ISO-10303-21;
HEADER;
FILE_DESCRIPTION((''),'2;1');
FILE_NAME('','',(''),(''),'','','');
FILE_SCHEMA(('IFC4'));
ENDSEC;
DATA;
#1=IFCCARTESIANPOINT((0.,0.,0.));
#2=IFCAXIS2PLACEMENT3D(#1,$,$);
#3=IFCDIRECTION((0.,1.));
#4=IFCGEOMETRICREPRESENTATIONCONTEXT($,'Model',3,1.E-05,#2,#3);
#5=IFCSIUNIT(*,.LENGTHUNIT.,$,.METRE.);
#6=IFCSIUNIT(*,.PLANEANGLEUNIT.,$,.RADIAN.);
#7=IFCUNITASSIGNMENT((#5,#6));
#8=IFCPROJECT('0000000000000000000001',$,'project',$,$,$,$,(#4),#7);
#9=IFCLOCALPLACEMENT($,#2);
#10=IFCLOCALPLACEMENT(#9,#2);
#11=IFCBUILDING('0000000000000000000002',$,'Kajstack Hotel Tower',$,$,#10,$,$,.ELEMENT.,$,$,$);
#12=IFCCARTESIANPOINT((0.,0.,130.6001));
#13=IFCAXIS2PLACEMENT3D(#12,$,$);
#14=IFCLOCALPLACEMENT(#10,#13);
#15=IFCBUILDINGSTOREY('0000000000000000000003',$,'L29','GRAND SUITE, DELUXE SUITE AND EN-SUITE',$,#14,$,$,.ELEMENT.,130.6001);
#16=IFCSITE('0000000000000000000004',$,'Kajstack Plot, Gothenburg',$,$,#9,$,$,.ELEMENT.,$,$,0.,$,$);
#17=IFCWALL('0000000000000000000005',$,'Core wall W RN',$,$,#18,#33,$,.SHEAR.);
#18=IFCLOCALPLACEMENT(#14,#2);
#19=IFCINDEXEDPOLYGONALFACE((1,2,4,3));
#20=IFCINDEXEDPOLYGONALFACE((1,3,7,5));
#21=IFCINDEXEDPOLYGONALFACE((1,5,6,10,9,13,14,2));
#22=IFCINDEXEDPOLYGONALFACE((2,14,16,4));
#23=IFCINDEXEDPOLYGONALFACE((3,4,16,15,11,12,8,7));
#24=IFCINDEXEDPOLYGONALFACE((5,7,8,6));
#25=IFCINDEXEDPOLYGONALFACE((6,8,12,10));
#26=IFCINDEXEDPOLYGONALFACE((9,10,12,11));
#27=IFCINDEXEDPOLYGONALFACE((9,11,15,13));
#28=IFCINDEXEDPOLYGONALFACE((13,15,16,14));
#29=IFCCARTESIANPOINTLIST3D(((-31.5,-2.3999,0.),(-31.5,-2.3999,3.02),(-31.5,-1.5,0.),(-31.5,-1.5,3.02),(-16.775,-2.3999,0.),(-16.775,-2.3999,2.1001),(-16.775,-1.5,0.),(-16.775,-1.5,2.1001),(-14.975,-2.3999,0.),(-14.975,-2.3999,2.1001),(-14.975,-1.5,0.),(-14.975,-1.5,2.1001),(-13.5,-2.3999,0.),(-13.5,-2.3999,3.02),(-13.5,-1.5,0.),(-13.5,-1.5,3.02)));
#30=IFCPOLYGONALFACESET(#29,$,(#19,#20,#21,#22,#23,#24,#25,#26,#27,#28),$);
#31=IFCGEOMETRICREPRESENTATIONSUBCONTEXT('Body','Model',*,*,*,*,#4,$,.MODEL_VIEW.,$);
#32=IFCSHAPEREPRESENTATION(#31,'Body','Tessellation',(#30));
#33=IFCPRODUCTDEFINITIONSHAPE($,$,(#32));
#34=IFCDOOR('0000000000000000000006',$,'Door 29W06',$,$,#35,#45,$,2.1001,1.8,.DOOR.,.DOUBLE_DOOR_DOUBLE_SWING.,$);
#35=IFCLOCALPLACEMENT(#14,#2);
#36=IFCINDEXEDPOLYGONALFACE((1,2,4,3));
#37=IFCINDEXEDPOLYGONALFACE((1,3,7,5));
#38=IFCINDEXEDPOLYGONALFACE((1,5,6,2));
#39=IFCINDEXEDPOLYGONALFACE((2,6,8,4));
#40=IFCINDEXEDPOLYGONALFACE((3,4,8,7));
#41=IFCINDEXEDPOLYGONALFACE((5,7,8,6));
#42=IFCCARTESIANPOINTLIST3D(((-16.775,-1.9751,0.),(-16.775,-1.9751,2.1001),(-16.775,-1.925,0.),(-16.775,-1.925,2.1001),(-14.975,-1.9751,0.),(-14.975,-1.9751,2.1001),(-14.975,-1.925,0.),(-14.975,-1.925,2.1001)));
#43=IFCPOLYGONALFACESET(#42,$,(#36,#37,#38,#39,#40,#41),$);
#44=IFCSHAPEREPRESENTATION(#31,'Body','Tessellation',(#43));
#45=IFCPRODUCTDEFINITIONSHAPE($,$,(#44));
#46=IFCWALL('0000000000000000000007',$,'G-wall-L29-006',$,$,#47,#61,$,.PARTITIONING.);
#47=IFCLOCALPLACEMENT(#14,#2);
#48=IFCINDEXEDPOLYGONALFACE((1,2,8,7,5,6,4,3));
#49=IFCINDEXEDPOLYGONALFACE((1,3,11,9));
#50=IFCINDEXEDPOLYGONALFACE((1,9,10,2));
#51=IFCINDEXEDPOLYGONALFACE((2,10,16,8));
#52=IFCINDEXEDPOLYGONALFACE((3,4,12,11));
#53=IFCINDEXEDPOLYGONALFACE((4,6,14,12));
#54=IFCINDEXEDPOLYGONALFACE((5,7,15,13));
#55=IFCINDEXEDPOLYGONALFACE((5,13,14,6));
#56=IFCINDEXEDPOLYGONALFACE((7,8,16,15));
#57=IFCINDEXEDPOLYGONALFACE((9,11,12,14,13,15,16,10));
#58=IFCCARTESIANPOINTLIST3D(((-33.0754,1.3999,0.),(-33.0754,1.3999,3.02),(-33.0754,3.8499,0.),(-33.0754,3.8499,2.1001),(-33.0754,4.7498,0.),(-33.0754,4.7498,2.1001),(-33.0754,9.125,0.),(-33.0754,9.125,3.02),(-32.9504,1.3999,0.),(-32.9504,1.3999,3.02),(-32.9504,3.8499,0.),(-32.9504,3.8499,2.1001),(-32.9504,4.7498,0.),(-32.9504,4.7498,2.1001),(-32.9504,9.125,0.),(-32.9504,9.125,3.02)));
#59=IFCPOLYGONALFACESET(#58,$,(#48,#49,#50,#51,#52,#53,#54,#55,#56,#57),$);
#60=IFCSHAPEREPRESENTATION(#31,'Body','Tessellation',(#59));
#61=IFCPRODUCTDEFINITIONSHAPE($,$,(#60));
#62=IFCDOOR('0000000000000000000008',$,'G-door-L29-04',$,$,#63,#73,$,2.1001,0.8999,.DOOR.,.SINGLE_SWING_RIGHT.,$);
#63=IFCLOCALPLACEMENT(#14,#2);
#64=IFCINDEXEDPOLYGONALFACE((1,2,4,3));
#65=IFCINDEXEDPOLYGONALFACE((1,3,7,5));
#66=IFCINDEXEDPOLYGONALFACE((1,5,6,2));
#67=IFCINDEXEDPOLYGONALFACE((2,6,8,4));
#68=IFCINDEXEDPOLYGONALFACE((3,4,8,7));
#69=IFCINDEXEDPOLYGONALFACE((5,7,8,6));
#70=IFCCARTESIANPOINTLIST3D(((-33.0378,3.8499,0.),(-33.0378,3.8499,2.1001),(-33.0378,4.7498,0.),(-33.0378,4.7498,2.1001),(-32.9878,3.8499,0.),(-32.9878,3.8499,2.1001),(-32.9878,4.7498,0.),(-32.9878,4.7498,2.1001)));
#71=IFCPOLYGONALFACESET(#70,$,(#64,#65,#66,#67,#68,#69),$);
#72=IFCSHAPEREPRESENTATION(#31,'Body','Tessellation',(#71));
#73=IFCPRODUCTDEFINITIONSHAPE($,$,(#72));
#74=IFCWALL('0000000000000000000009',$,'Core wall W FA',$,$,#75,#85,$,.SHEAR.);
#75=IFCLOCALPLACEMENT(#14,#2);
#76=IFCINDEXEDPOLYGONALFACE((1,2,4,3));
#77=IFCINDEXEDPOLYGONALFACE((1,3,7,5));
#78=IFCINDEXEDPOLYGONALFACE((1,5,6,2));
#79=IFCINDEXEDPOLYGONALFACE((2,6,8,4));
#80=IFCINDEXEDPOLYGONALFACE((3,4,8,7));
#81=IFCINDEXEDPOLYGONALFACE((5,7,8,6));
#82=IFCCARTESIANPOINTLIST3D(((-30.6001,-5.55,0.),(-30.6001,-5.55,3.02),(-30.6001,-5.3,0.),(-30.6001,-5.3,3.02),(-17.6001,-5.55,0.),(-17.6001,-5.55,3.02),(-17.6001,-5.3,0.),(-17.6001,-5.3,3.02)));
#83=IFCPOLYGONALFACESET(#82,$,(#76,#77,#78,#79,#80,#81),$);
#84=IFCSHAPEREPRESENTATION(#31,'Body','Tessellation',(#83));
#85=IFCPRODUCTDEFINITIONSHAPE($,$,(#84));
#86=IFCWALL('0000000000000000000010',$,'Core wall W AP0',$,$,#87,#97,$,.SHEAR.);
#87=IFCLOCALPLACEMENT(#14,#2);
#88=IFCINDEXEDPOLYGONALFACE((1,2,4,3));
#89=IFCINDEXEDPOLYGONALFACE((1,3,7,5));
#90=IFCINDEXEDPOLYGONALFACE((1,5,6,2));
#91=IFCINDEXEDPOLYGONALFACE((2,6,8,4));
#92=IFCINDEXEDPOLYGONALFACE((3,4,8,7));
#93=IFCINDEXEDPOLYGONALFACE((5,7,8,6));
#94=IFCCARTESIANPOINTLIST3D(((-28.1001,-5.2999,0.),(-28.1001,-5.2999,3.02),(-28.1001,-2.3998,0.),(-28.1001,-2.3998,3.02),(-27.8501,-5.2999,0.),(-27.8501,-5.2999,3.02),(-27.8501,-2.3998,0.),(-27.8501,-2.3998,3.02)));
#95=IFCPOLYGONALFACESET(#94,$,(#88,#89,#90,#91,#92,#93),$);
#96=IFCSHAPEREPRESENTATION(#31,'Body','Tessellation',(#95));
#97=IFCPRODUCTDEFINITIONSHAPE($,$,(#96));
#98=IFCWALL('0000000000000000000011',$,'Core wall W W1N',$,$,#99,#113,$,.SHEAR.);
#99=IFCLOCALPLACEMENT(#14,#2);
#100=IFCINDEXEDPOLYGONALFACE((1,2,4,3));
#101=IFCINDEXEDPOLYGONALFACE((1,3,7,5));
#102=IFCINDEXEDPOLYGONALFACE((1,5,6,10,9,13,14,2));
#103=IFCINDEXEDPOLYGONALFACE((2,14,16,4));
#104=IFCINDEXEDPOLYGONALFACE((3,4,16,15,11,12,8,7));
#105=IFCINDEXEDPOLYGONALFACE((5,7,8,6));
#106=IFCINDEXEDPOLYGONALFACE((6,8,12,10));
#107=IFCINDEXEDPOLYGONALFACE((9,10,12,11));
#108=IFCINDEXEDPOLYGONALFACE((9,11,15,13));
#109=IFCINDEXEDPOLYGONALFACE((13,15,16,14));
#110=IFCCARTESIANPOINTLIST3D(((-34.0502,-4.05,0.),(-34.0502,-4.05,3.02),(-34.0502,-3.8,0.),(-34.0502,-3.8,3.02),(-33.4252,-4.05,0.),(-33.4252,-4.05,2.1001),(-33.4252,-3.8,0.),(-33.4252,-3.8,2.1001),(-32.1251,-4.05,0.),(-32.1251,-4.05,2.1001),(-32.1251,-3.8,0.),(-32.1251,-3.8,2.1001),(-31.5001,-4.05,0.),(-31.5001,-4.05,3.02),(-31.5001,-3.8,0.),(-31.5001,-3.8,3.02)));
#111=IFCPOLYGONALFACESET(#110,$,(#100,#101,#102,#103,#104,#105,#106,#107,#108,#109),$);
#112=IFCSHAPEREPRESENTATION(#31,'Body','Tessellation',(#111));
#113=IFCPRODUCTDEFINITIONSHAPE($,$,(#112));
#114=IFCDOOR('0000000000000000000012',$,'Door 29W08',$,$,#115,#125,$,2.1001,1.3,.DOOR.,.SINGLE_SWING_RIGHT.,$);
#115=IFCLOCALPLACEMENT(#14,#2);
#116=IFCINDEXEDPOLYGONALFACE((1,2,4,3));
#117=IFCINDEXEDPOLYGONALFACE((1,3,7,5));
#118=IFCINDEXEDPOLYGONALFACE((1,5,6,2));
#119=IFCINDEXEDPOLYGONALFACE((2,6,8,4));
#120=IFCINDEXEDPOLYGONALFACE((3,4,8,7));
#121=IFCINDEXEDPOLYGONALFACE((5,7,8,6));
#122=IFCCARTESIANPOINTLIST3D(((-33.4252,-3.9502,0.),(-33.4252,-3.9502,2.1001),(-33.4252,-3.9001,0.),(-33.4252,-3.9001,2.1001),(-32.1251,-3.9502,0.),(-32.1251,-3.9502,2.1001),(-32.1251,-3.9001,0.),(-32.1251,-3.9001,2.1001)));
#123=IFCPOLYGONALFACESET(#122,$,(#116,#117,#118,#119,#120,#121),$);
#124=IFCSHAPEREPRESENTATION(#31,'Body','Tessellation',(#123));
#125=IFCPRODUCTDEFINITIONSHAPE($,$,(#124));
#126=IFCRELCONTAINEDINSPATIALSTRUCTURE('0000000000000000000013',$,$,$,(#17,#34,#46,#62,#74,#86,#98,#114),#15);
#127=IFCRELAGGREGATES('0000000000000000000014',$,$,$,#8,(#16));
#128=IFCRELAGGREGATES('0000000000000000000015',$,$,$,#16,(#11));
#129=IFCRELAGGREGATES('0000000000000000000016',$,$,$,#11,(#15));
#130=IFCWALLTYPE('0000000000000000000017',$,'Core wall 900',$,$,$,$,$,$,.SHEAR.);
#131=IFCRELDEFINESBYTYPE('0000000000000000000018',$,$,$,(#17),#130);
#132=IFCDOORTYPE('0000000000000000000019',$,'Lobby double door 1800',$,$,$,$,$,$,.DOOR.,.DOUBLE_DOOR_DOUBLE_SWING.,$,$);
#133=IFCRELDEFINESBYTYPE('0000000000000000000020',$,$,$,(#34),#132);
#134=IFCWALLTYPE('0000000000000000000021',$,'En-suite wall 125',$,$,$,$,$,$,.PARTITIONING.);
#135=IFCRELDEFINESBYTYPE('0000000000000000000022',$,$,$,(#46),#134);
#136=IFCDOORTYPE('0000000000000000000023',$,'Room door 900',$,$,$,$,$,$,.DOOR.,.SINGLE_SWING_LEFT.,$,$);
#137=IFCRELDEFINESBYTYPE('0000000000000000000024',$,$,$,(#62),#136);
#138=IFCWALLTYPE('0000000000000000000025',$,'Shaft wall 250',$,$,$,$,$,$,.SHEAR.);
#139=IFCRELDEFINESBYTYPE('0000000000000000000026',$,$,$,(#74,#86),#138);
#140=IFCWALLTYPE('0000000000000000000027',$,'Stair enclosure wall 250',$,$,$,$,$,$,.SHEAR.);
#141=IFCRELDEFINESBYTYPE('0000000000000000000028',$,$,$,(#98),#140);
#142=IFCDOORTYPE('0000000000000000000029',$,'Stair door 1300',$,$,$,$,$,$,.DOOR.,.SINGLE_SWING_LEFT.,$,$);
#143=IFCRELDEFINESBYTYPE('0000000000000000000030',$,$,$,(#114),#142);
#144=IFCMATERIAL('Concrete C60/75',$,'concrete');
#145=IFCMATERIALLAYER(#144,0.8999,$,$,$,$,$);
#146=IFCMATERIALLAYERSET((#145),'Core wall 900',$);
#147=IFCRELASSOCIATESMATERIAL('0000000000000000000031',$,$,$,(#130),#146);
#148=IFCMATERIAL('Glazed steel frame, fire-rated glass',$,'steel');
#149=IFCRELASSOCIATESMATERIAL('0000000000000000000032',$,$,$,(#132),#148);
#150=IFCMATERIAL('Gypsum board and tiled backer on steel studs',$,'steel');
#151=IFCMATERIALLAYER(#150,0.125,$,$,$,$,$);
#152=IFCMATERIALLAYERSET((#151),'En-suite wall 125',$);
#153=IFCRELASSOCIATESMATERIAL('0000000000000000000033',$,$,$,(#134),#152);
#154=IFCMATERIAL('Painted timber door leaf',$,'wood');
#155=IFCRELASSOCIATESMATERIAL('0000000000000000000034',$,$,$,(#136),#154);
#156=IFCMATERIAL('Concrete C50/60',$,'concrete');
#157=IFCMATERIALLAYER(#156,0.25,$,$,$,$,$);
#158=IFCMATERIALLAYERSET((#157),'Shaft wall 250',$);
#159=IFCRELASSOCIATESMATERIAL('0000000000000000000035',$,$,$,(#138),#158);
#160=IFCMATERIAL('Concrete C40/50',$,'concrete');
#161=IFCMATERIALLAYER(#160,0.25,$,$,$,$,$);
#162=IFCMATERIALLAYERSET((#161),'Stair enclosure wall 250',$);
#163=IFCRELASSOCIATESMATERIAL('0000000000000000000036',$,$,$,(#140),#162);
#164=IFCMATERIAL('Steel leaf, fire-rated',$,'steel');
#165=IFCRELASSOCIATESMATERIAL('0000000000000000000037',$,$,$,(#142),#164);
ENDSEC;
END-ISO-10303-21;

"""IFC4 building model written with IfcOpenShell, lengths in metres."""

from ifc_helpers import new_model, si_unit, direction, frame, frame_2d, origin, place, context, subcontext, project, spatial, rectangle, extrude, material, layer, layer_set, type_object, element, fill, save


model = new_model("IFC4")

# Units and contexts
model_context = context("Model", 3, precision=1e-05, world=origin(), true_north=direction((0.0, 1.0)))
body_context = subcontext(model_context, "Body", "Model", "MODEL_VIEW")
ifc_project = project(units=[si_unit("LENGTHUNIT", "METRE"), si_unit("PLANEANGLEUNIT", "RADIAN")], contexts=[model_context])

# Site, building, storey
site_placement = place(None, origin())
site = spatial("IfcSite", under=ifc_project, at=site_placement, Name="Kajstack Plot, Gothenburg", CompositionType="ELEMENT", RefElevation=0.0)
building_placement = place(site_placement, origin())
building = spatial("IfcBuilding", under=site, at=building_placement, Name="Kajstack Hotel Tower", CompositionType="ELEMENT")
storey_placement = place(building_placement, frame((0.0, 0.0, 130.6001)))
storey = spatial("IfcBuildingStorey", under=building, at=storey_placement, Name="L29", Description="GRAND SUITE, DELUXE SUITE AND EN-SUITE", CompositionType="ELEMENT", Elevation=130.6001)

# Walls, openings, doors
ifc_material_1 = material(Name="Concrete C60/75", Category="concrete")
ifc_layer_1 = layer(ifc_material_1, 0.8999)
ifc_layer_set_1 = layer_set([ifc_layer_1], Name="Core wall 900")
wall_type_1 = type_object("IfcWallType", Name="Core wall 900", PredefinedType="SHEAR", material=ifc_layer_set_1)
wall_1_placement = place(storey_placement, frame((-31.5, -1.95, 0.0), z_axis=(0.0, 0.0, 1.0), x_axis=(1.0, 0.0, 0.0)))
wall_1 = element("IfcWall", 1, at=wall_1_placement, inside=storey, type_object=wall_type_1, Name="Core wall W RN", PredefinedType="SHEAR", context=body_context, shape_type="SweptSolid", body=[
    extrude(rectangle(XDim=18.0, YDim=0.8999, at=frame_2d((9.0, 0.0))), origin(), (0.0, 0.0, 1.0), 3.02),
])
opening_1_placement = place(wall_1_placement, frame((14.7251, 0.0, 0.0)))
opening_1 = element("IfcOpeningElement", 2, at=opening_1_placement, cuts=wall_1, PredefinedType="OPENING", context=body_context, shape_type="SweptSolid", body=[
    extrude(rectangle(XDim=1.8, YDim=2.1001, at=frame_2d((0.8999, 1.05))), frame((0.0, 0.46, 0.0), z_axis=(0.0, -1.0, 0.0), x_axis=(1.0, 0.0, 0.0)), (0.0, 0.0, 1.0), 0.9199),
])
ifc_material_2 = material(Name="Glazed steel frame, fire-rated glass", Category="steel")
door_type_1 = type_object("IfcDoorType", Name="Lobby double door 1800", OperationType="DOUBLE_DOOR_DOUBLE_SWING", PredefinedType="DOOR", material=ifc_material_2)
door_1_placement = place(opening_1_placement, origin())
door_1 = element("IfcDoor", 3, at=door_1_placement, inside=storey, type_object=door_type_1, Name="Door 29W06", OperationType="DOUBLE_DOOR_DOUBLE_SWING", OverallHeight=2.1001, OverallWidth=1.8, PredefinedType="DOOR", context=body_context, shape_type="SweptSolid", body=[
    extrude(rectangle(XDim=1.8, YDim=2.1001, at=frame_2d((0.8999, 1.05))), frame((0.0, 0.0249, 0.0), z_axis=(0.0, -1.0, 0.0), x_axis=(1.0, 0.0, 0.0)), (0.0, 0.0, 1.0), 0.05),
])
fill(opening_1, door_1)
ifc_material_3 = material(Name="Gypsum board and tiled backer on steel studs", Category="steel")
ifc_layer_2 = layer(ifc_material_3, 0.125)
ifc_layer_set_2 = layer_set([ifc_layer_2], Name="En-suite wall 125")
wall_type_2 = type_object("IfcWallType", Name="En-suite wall 125", PredefinedType="PARTITIONING", material=ifc_layer_set_2)
wall_2_placement = place(storey_placement, frame((-33.0129, 1.3999, 0.0), z_axis=(0.0, 0.0, 1.0), x_axis=(0.0, 1.0, 0.0)))
wall_2 = element("IfcWall", 4, at=wall_2_placement, inside=storey, type_object=wall_type_2, Name="G-wall-L29-006", PredefinedType="PARTITIONING", context=body_context, shape_type="SweptSolid", body=[
    extrude(rectangle(XDim=7.7251, YDim=0.125, at=frame_2d((3.8625, 0.0))), origin(), (0.0, 0.0, 1.0), 3.02),
])
opening_2_placement = place(wall_2_placement, frame((2.45, 0.0, 0.0)))
opening_2 = element("IfcOpeningElement", 5, at=opening_2_placement, cuts=wall_2, PredefinedType="OPENING", context=body_context, shape_type="SweptSolid", body=[
    extrude(rectangle(XDim=0.8999, YDim=2.1001, at=frame_2d((0.45, 1.05))), frame((0.0, 0.0725, 0.0), z_axis=(0.0, -1.0, 0.0), x_axis=(1.0, 0.0, 0.0)), (0.0, 0.0, 1.0), 0.145),
])
ifc_material_4 = material(Name="Painted timber door leaf", Category="wood")
door_type_2 = type_object("IfcDoorType", Name="Room door 900", OperationType="SINGLE_SWING_LEFT", PredefinedType="DOOR", material=ifc_material_4)
door_2_placement = place(opening_2_placement, origin())
door_2 = element("IfcDoor", 6, at=door_2_placement, inside=storey, type_object=door_type_2, Name="G-door-L29-04", OperationType="SINGLE_SWING_RIGHT", OverallHeight=2.1001, OverallWidth=0.8999, PredefinedType="DOOR", context=body_context, shape_type="SweptSolid", body=[
    extrude(rectangle(XDim=0.8999, YDim=2.1001, at=frame_2d((0.45, 1.05))), frame((0.0, 0.0249, 0.0), z_axis=(0.0, -1.0, 0.0), x_axis=(1.0, 0.0, 0.0)), (0.0, 0.0, 1.0), 0.05),
])
fill(opening_2, door_2)

# Walls
ifc_material_5 = material(Name="Concrete C50/60", Category="concrete")
ifc_layer_3 = layer(ifc_material_5, 0.25)
ifc_layer_set_3 = layer_set([ifc_layer_3], Name="Shaft wall 250")
wall_type_3 = type_object("IfcWallType", Name="Shaft wall 250", PredefinedType="SHEAR", material=ifc_layer_set_3)
wall_3_placement = place(storey_placement, frame((-30.6001, -5.425, 0.0), z_axis=(0.0, 0.0, 1.0), x_axis=(1.0, 0.0, 0.0)))
element("IfcWall", 7, at=wall_3_placement, inside=storey, type_object=wall_type_3, Name="Core wall W FA", PredefinedType="SHEAR", context=body_context, shape_type="SweptSolid", body=[
    extrude(rectangle(XDim=13.0, YDim=0.25, at=frame_2d((6.5, 0.0))), origin(), (0.0, 0.0, 1.0), 3.02),
])
wall_4_placement = place(storey_placement, frame((-27.9751, -5.3, 0.0), z_axis=(0.0, 0.0, 1.0), x_axis=(0.0, 1.0, 0.0)))
element("IfcWall", 8, at=wall_4_placement, inside=storey, type_object=wall_type_3, Name="Core wall W AP0", PredefinedType="SHEAR", context=body_context, shape_type="SweptSolid", body=[
    extrude(rectangle(XDim=2.9001, YDim=0.25, at=frame_2d((1.4502, 0.0))), origin(), (0.0, 0.0, 1.0), 3.02),
])

# Wall, opening, door
ifc_material_6 = material(Name="Concrete C40/50", Category="concrete")
ifc_layer_4 = layer(ifc_material_6, 0.25)
ifc_layer_set_4 = layer_set([ifc_layer_4], Name="Stair enclosure wall 250")
wall_type_4 = type_object("IfcWallType", Name="Stair enclosure wall 250", PredefinedType="SHEAR", material=ifc_layer_set_4)
wall_5_placement = place(storey_placement, frame((-34.05, -3.925, 0.0), z_axis=(0.0, 0.0, 1.0), x_axis=(1.0, 0.0, 0.0)))
wall_5 = element("IfcWall", 9, at=wall_5_placement, inside=storey, type_object=wall_type_4, Name="Core wall W W1N", PredefinedType="SHEAR", context=body_context, shape_type="SweptSolid", body=[
    extrude(rectangle(XDim=2.55, YDim=0.25, at=frame_2d((1.2749, 0.0))), origin(), (0.0, 0.0, 1.0), 3.02),
])
opening_3_placement = place(wall_5_placement, frame((0.625, 0.0, 0.0)))
opening_3 = element("IfcOpeningElement", 10, at=opening_3_placement, cuts=wall_5, PredefinedType="OPENING", context=body_context, shape_type="SweptSolid", body=[
    extrude(rectangle(XDim=1.3, YDim=2.1001, at=frame_2d((0.6499, 1.05))), frame((0.0, 0.135, 0.0), z_axis=(0.0, -1.0, 0.0), x_axis=(1.0, 0.0, 0.0)), (0.0, 0.0, 1.0), 0.27),
])
ifc_material_7 = material(Name="Steel leaf, fire-rated", Category="steel")
door_type_3 = type_object("IfcDoorType", Name="Stair door 1300", OperationType="SINGLE_SWING_LEFT", PredefinedType="DOOR", material=ifc_material_7)
door_3_placement = place(opening_3_placement, origin())
door_3 = element("IfcDoor", 11, at=door_3_placement, inside=storey, type_object=door_type_3, Name="Door 29W08", OperationType="SINGLE_SWING_RIGHT", OverallHeight=2.1001, OverallWidth=1.3, PredefinedType="DOOR", context=body_context, shape_type="SweptSolid", body=[
    extrude(rectangle(XDim=1.3, YDim=2.1001, at=frame_2d((0.6499, 1.05))), frame((0.0, 0.0249, 0.0), z_axis=(0.0, -1.0, 0.0), x_axis=(1.0, 0.0, 0.0)), (0.0, 0.0, 1.0), 0.05),
])
fill(opening_3, door_3)

save(model, "model.ifc")
